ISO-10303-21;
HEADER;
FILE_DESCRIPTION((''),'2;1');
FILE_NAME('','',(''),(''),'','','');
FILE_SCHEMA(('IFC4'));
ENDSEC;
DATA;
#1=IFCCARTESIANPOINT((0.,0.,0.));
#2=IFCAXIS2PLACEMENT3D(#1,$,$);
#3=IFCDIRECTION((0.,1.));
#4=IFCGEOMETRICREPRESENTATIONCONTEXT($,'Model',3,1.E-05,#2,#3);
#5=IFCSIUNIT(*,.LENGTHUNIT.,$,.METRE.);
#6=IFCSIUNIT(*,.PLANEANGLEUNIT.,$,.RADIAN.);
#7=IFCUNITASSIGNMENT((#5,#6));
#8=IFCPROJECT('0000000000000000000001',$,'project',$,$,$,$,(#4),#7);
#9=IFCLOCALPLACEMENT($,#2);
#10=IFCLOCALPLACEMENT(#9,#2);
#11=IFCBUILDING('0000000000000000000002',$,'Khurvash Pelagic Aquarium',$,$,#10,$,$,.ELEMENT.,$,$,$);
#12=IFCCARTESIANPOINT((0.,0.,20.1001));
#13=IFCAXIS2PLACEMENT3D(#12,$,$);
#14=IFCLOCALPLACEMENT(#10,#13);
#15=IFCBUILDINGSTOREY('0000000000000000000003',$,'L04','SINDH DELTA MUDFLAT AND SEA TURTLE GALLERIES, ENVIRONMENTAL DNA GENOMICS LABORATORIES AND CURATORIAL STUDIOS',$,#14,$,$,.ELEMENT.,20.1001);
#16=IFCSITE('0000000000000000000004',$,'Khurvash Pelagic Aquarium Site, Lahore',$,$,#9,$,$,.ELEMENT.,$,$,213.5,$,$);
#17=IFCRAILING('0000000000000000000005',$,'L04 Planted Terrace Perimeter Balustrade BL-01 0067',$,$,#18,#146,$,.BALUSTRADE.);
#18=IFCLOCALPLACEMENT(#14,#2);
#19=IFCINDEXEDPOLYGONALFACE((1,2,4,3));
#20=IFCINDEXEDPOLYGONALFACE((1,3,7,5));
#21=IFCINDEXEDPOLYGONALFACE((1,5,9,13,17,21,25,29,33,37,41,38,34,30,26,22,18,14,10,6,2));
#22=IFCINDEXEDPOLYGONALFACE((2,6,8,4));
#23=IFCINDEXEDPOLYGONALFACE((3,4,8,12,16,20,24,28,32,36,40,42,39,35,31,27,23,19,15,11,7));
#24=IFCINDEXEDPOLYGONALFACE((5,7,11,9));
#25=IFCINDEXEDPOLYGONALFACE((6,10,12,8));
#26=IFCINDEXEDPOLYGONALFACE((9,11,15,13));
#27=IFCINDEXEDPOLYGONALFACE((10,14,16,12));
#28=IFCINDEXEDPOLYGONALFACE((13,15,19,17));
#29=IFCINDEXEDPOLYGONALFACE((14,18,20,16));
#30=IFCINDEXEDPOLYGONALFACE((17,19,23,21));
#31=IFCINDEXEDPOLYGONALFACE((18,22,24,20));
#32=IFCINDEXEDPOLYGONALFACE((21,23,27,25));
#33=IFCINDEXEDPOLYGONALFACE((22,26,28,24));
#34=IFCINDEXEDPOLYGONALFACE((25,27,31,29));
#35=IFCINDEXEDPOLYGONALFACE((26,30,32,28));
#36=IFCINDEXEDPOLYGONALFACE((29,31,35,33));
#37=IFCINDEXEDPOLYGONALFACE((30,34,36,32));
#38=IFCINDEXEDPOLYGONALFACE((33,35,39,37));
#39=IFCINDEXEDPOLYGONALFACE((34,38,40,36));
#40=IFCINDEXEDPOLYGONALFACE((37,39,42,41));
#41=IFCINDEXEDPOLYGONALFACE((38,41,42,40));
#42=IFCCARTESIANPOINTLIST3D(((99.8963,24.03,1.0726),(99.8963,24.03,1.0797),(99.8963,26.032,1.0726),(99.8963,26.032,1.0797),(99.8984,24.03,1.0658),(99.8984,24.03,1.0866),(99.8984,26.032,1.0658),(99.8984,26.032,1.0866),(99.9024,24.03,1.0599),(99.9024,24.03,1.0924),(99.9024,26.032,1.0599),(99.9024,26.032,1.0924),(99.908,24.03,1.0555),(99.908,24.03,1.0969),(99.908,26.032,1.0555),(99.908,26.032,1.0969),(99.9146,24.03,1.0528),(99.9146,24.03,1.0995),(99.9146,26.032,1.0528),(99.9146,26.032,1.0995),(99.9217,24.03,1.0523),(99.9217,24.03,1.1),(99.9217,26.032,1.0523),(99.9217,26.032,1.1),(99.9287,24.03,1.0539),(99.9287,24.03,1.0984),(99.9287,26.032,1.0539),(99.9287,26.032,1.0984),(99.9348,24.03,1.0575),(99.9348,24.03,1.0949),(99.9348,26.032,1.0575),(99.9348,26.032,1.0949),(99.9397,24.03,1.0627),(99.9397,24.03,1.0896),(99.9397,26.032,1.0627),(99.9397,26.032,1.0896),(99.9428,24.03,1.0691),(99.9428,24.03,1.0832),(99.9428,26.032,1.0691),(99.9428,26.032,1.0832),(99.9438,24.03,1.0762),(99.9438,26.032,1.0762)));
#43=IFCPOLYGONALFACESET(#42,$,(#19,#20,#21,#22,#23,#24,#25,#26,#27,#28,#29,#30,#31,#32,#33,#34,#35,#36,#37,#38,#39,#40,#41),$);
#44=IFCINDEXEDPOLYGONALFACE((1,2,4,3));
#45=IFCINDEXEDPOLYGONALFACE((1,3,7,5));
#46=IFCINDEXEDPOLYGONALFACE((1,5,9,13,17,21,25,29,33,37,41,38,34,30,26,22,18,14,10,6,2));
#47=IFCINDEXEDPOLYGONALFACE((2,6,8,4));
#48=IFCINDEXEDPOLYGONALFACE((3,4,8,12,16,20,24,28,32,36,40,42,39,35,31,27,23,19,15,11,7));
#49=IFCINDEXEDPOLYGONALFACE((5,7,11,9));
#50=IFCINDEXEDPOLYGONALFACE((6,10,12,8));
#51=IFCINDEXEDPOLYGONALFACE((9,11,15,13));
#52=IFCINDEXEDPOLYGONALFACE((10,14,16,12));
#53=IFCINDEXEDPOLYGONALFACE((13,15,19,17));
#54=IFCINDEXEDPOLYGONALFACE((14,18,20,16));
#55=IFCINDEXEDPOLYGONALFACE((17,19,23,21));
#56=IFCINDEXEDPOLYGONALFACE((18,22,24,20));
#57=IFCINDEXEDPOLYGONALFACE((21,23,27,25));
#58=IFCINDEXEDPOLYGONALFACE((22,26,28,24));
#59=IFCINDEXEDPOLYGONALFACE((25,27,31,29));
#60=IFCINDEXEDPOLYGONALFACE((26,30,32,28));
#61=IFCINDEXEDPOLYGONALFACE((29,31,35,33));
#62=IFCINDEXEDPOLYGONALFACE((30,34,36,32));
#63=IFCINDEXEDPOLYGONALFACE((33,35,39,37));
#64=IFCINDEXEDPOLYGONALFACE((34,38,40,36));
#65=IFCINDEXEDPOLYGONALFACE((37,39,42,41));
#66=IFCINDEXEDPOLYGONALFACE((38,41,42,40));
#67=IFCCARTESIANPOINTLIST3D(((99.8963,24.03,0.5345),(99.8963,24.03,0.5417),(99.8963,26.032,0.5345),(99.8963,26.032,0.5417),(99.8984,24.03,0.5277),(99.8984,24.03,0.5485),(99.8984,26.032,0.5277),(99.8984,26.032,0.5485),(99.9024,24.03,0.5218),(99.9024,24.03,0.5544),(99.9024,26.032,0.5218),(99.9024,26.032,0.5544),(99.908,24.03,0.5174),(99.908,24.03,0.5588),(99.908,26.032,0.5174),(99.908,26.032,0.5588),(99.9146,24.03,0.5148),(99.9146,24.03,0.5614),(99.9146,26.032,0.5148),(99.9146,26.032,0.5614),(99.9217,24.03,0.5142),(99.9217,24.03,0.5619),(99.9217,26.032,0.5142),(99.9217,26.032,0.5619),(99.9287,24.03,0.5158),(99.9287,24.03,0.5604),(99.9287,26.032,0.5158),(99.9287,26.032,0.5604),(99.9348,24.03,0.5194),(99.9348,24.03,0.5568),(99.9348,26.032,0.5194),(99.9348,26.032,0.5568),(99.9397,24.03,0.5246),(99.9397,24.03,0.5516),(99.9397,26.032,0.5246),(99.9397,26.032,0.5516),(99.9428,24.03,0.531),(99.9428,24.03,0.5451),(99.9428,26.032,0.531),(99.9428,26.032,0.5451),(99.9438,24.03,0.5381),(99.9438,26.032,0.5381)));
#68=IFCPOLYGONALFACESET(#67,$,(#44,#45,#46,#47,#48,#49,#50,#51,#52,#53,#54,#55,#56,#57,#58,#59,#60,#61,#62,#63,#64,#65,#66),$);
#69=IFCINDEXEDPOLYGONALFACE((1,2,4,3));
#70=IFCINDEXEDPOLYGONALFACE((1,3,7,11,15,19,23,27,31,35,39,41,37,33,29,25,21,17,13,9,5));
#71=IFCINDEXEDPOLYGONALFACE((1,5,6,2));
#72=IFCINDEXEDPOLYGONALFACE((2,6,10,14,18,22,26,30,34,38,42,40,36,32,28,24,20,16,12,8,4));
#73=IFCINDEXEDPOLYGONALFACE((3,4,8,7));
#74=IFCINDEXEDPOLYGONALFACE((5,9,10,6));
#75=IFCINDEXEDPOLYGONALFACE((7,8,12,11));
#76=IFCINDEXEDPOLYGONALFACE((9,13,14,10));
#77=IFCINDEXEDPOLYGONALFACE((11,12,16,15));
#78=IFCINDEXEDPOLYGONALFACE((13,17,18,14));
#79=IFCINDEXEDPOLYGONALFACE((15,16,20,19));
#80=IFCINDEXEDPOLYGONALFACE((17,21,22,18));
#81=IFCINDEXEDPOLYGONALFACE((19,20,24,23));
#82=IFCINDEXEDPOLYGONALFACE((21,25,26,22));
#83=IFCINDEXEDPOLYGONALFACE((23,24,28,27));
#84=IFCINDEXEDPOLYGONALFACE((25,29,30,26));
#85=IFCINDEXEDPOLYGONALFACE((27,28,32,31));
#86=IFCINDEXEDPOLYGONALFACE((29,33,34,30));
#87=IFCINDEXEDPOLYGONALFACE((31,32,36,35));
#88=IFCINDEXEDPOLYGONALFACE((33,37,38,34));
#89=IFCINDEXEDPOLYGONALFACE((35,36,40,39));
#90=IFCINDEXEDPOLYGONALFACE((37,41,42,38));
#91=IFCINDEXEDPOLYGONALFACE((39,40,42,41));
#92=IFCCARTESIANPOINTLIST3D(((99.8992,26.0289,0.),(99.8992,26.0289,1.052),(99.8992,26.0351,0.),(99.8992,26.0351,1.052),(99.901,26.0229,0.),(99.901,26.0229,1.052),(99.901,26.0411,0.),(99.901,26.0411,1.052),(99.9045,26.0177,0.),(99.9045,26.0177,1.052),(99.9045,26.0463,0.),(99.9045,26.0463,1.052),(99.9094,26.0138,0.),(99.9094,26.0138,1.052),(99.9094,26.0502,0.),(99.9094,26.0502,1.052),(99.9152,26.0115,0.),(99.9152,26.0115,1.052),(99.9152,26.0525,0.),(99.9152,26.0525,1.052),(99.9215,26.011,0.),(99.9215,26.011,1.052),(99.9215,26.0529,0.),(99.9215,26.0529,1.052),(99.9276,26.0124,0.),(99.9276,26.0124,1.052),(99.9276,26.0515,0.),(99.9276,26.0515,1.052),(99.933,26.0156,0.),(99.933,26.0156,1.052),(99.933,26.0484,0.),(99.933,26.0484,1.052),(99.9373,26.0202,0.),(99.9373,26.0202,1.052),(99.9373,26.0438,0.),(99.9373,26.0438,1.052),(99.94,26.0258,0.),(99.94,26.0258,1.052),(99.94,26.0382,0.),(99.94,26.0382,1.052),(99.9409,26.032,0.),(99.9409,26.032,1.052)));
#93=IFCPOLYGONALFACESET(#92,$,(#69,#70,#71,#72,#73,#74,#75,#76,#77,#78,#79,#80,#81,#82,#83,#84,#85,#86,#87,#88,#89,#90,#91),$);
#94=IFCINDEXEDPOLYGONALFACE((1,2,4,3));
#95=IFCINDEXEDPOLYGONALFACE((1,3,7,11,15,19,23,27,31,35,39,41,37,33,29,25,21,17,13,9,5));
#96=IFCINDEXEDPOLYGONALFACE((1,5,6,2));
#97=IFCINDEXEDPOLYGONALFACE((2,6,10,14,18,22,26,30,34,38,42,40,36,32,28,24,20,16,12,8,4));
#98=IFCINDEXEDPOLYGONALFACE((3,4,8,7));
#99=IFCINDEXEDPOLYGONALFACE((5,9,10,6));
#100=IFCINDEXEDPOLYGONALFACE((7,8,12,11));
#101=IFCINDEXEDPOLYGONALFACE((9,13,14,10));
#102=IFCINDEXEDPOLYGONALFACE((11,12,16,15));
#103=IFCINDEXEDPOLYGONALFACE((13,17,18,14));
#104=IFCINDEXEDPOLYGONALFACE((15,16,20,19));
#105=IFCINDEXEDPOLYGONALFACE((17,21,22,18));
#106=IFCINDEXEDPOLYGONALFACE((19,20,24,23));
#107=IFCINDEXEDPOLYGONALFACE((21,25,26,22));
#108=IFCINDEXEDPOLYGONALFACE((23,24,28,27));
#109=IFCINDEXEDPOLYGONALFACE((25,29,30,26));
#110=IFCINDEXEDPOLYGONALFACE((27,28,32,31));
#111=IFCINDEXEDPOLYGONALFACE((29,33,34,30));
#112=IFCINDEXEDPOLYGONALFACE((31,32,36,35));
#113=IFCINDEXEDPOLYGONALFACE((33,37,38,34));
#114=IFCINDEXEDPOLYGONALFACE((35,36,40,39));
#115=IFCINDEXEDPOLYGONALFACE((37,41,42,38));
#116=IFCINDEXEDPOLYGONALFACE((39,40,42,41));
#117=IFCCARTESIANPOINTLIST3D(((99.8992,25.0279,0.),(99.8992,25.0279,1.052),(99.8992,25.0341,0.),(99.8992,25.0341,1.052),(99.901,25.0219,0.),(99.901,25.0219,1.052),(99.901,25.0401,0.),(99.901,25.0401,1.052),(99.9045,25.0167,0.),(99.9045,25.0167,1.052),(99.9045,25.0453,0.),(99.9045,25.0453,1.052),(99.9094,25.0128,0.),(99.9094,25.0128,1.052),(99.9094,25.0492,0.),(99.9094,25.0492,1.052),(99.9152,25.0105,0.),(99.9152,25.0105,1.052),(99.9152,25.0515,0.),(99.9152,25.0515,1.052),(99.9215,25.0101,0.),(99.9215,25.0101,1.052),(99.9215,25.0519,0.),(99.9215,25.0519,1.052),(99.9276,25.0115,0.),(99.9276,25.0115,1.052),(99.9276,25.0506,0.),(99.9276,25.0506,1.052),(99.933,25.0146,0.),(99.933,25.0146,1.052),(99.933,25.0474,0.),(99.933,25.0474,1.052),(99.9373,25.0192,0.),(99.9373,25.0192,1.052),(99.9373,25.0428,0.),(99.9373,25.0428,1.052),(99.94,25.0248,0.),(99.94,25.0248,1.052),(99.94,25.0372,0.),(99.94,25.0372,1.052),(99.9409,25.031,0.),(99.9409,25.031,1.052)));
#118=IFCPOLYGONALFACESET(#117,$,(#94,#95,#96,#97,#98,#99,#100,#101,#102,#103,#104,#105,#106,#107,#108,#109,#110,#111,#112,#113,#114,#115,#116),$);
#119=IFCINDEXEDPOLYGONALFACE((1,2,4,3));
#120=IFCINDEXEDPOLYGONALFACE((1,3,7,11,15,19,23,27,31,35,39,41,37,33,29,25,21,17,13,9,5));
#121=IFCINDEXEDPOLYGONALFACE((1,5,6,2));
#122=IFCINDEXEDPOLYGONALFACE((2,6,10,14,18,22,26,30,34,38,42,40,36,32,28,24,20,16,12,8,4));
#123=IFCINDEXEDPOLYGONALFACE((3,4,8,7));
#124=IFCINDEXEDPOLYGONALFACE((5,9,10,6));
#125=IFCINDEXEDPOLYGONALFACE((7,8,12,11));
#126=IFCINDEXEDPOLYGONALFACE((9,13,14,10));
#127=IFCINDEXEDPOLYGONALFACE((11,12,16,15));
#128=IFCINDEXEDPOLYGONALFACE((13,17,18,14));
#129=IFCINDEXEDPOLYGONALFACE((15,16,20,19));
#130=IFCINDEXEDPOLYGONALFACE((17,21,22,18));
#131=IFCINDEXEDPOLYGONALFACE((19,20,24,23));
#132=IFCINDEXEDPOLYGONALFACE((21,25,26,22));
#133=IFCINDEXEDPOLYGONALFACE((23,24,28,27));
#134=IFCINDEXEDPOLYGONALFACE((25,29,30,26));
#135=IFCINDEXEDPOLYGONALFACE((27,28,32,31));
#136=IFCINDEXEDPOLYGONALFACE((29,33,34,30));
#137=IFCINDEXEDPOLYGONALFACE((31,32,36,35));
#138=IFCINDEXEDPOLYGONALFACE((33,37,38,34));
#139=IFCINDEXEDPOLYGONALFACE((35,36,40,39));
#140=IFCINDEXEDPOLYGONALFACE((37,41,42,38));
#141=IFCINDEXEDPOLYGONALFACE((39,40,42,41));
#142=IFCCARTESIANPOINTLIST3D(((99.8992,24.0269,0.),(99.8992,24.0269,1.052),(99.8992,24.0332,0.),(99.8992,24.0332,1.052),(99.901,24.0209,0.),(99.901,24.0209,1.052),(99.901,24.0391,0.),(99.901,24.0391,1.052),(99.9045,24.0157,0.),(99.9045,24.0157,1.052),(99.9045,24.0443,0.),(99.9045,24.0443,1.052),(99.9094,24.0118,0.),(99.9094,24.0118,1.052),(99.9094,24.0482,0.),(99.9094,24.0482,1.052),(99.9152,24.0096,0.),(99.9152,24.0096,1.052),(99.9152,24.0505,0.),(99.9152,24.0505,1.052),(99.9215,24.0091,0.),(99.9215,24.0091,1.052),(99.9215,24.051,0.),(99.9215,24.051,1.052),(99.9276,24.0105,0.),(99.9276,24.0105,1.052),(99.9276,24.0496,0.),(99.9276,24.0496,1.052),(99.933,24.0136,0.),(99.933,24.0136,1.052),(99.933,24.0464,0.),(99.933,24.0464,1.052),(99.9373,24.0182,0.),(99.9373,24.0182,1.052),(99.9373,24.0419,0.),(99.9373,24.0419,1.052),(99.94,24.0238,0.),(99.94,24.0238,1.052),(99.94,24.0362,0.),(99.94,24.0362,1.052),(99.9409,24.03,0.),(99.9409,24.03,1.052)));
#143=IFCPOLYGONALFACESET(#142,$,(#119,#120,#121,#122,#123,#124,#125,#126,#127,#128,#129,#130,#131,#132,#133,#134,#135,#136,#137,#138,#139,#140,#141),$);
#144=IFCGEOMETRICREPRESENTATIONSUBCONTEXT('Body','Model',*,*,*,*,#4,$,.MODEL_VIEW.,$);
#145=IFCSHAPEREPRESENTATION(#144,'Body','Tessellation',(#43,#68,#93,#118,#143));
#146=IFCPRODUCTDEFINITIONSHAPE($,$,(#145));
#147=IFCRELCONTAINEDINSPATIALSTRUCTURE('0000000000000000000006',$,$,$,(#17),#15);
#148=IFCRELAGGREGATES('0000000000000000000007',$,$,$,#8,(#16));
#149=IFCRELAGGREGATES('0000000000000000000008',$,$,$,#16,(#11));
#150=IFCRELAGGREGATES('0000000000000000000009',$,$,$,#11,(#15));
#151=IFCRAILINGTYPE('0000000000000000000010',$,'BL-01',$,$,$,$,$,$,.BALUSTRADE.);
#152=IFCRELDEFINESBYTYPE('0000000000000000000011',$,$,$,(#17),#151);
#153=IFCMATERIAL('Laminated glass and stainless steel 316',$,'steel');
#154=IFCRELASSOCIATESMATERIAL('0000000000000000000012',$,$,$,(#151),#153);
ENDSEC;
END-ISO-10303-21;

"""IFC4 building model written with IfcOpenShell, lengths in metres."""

from ifc_helpers import new_model, si_unit, direction, frame, origin, origin_2d, place, context, subcontext, project, spatial, circle, extrude, material, type_object, element, save


model = new_model("IFC4")

# Units and contexts
model_context = context("Model", 3, precision=1e-05, world=origin(), true_north=direction((0.0, 1.0)))
body_context = subcontext(model_context, "Body", "Model", "MODEL_VIEW")
ifc_project = project(units=[si_unit("LENGTHUNIT", "METRE"), si_unit("PLANEANGLEUNIT", "RADIAN")], contexts=[model_context])

# Site, building, storey
site_placement = place(None, origin())
site = spatial("IfcSite", under=ifc_project, at=site_placement, Name="Khurvash Pelagic Aquarium Site, Lahore", CompositionType="ELEMENT", RefElevation=213.5)
building_placement = place(site_placement, origin())
building = spatial("IfcBuilding", under=site, at=building_placement, Name="Khurvash Pelagic Aquarium", CompositionType="ELEMENT")
storey_placement = place(building_placement, frame((0.0, 0.0, 20.1001)))
storey = spatial("IfcBuildingStorey", under=building, at=storey_placement, Name="L04", Description="SINDH DELTA MUDFLAT AND SEA TURTLE GALLERIES, ENVIRONMENTAL DNA GENOMICS LABORATORIES AND CURATORIAL STUDIOS", CompositionType="ELEMENT", Elevation=20.1001)

# Railing
ifc_material_1 = material(Name="Laminated glass and stainless steel 316", Category="steel")
railing_type_1 = type_object("IfcRailingType", Name="BL-01", PredefinedType="BALUSTRADE", material=ifc_material_1)
railing_1_placement = place(storey_placement, frame((99.9199, 26.032, 0.0)))
element("IfcRailing", 1, at=railing_1_placement, inside=storey, type_object=railing_type_1, Name="L04 Planted Terrace Perimeter Balustrade BL-01 0067", PredefinedType="BALUSTRADE", context=body_context, shape_type="SweptSolid", body=[
    extrude(circle(Radius=0.0239, at=origin_2d()), frame((0.0, 0.0, 1.0762), z_axis=(0.0, -1.0, 0.0), x_axis=(1.0, 0.0, 0.0)), (0.0, 0.0, 1.0), 2.002),
    extrude(circle(Radius=0.0239, at=origin_2d()), frame((0.0, 0.0, 0.5381), z_axis=(0.0, -1.0, 0.0), x_axis=(1.0, 0.0, 0.0)), (0.0, 0.0, 1.0), 2.002),
    extrude(circle(Radius=0.021, at=origin_2d()), origin(), (0.0, 0.0, 1.0), 1.052),
    extrude(circle(Radius=0.021, at=origin_2d()), frame((0.0, -1.001, 0.0)), (0.0, 0.0, 1.0), 1.052),
    extrude(circle(Radius=0.021, at=origin_2d()), frame((0.0, -2.002, 0.0)), (0.0, 0.0, 1.0), 1.052),
])

save(model, "model.ifc")
